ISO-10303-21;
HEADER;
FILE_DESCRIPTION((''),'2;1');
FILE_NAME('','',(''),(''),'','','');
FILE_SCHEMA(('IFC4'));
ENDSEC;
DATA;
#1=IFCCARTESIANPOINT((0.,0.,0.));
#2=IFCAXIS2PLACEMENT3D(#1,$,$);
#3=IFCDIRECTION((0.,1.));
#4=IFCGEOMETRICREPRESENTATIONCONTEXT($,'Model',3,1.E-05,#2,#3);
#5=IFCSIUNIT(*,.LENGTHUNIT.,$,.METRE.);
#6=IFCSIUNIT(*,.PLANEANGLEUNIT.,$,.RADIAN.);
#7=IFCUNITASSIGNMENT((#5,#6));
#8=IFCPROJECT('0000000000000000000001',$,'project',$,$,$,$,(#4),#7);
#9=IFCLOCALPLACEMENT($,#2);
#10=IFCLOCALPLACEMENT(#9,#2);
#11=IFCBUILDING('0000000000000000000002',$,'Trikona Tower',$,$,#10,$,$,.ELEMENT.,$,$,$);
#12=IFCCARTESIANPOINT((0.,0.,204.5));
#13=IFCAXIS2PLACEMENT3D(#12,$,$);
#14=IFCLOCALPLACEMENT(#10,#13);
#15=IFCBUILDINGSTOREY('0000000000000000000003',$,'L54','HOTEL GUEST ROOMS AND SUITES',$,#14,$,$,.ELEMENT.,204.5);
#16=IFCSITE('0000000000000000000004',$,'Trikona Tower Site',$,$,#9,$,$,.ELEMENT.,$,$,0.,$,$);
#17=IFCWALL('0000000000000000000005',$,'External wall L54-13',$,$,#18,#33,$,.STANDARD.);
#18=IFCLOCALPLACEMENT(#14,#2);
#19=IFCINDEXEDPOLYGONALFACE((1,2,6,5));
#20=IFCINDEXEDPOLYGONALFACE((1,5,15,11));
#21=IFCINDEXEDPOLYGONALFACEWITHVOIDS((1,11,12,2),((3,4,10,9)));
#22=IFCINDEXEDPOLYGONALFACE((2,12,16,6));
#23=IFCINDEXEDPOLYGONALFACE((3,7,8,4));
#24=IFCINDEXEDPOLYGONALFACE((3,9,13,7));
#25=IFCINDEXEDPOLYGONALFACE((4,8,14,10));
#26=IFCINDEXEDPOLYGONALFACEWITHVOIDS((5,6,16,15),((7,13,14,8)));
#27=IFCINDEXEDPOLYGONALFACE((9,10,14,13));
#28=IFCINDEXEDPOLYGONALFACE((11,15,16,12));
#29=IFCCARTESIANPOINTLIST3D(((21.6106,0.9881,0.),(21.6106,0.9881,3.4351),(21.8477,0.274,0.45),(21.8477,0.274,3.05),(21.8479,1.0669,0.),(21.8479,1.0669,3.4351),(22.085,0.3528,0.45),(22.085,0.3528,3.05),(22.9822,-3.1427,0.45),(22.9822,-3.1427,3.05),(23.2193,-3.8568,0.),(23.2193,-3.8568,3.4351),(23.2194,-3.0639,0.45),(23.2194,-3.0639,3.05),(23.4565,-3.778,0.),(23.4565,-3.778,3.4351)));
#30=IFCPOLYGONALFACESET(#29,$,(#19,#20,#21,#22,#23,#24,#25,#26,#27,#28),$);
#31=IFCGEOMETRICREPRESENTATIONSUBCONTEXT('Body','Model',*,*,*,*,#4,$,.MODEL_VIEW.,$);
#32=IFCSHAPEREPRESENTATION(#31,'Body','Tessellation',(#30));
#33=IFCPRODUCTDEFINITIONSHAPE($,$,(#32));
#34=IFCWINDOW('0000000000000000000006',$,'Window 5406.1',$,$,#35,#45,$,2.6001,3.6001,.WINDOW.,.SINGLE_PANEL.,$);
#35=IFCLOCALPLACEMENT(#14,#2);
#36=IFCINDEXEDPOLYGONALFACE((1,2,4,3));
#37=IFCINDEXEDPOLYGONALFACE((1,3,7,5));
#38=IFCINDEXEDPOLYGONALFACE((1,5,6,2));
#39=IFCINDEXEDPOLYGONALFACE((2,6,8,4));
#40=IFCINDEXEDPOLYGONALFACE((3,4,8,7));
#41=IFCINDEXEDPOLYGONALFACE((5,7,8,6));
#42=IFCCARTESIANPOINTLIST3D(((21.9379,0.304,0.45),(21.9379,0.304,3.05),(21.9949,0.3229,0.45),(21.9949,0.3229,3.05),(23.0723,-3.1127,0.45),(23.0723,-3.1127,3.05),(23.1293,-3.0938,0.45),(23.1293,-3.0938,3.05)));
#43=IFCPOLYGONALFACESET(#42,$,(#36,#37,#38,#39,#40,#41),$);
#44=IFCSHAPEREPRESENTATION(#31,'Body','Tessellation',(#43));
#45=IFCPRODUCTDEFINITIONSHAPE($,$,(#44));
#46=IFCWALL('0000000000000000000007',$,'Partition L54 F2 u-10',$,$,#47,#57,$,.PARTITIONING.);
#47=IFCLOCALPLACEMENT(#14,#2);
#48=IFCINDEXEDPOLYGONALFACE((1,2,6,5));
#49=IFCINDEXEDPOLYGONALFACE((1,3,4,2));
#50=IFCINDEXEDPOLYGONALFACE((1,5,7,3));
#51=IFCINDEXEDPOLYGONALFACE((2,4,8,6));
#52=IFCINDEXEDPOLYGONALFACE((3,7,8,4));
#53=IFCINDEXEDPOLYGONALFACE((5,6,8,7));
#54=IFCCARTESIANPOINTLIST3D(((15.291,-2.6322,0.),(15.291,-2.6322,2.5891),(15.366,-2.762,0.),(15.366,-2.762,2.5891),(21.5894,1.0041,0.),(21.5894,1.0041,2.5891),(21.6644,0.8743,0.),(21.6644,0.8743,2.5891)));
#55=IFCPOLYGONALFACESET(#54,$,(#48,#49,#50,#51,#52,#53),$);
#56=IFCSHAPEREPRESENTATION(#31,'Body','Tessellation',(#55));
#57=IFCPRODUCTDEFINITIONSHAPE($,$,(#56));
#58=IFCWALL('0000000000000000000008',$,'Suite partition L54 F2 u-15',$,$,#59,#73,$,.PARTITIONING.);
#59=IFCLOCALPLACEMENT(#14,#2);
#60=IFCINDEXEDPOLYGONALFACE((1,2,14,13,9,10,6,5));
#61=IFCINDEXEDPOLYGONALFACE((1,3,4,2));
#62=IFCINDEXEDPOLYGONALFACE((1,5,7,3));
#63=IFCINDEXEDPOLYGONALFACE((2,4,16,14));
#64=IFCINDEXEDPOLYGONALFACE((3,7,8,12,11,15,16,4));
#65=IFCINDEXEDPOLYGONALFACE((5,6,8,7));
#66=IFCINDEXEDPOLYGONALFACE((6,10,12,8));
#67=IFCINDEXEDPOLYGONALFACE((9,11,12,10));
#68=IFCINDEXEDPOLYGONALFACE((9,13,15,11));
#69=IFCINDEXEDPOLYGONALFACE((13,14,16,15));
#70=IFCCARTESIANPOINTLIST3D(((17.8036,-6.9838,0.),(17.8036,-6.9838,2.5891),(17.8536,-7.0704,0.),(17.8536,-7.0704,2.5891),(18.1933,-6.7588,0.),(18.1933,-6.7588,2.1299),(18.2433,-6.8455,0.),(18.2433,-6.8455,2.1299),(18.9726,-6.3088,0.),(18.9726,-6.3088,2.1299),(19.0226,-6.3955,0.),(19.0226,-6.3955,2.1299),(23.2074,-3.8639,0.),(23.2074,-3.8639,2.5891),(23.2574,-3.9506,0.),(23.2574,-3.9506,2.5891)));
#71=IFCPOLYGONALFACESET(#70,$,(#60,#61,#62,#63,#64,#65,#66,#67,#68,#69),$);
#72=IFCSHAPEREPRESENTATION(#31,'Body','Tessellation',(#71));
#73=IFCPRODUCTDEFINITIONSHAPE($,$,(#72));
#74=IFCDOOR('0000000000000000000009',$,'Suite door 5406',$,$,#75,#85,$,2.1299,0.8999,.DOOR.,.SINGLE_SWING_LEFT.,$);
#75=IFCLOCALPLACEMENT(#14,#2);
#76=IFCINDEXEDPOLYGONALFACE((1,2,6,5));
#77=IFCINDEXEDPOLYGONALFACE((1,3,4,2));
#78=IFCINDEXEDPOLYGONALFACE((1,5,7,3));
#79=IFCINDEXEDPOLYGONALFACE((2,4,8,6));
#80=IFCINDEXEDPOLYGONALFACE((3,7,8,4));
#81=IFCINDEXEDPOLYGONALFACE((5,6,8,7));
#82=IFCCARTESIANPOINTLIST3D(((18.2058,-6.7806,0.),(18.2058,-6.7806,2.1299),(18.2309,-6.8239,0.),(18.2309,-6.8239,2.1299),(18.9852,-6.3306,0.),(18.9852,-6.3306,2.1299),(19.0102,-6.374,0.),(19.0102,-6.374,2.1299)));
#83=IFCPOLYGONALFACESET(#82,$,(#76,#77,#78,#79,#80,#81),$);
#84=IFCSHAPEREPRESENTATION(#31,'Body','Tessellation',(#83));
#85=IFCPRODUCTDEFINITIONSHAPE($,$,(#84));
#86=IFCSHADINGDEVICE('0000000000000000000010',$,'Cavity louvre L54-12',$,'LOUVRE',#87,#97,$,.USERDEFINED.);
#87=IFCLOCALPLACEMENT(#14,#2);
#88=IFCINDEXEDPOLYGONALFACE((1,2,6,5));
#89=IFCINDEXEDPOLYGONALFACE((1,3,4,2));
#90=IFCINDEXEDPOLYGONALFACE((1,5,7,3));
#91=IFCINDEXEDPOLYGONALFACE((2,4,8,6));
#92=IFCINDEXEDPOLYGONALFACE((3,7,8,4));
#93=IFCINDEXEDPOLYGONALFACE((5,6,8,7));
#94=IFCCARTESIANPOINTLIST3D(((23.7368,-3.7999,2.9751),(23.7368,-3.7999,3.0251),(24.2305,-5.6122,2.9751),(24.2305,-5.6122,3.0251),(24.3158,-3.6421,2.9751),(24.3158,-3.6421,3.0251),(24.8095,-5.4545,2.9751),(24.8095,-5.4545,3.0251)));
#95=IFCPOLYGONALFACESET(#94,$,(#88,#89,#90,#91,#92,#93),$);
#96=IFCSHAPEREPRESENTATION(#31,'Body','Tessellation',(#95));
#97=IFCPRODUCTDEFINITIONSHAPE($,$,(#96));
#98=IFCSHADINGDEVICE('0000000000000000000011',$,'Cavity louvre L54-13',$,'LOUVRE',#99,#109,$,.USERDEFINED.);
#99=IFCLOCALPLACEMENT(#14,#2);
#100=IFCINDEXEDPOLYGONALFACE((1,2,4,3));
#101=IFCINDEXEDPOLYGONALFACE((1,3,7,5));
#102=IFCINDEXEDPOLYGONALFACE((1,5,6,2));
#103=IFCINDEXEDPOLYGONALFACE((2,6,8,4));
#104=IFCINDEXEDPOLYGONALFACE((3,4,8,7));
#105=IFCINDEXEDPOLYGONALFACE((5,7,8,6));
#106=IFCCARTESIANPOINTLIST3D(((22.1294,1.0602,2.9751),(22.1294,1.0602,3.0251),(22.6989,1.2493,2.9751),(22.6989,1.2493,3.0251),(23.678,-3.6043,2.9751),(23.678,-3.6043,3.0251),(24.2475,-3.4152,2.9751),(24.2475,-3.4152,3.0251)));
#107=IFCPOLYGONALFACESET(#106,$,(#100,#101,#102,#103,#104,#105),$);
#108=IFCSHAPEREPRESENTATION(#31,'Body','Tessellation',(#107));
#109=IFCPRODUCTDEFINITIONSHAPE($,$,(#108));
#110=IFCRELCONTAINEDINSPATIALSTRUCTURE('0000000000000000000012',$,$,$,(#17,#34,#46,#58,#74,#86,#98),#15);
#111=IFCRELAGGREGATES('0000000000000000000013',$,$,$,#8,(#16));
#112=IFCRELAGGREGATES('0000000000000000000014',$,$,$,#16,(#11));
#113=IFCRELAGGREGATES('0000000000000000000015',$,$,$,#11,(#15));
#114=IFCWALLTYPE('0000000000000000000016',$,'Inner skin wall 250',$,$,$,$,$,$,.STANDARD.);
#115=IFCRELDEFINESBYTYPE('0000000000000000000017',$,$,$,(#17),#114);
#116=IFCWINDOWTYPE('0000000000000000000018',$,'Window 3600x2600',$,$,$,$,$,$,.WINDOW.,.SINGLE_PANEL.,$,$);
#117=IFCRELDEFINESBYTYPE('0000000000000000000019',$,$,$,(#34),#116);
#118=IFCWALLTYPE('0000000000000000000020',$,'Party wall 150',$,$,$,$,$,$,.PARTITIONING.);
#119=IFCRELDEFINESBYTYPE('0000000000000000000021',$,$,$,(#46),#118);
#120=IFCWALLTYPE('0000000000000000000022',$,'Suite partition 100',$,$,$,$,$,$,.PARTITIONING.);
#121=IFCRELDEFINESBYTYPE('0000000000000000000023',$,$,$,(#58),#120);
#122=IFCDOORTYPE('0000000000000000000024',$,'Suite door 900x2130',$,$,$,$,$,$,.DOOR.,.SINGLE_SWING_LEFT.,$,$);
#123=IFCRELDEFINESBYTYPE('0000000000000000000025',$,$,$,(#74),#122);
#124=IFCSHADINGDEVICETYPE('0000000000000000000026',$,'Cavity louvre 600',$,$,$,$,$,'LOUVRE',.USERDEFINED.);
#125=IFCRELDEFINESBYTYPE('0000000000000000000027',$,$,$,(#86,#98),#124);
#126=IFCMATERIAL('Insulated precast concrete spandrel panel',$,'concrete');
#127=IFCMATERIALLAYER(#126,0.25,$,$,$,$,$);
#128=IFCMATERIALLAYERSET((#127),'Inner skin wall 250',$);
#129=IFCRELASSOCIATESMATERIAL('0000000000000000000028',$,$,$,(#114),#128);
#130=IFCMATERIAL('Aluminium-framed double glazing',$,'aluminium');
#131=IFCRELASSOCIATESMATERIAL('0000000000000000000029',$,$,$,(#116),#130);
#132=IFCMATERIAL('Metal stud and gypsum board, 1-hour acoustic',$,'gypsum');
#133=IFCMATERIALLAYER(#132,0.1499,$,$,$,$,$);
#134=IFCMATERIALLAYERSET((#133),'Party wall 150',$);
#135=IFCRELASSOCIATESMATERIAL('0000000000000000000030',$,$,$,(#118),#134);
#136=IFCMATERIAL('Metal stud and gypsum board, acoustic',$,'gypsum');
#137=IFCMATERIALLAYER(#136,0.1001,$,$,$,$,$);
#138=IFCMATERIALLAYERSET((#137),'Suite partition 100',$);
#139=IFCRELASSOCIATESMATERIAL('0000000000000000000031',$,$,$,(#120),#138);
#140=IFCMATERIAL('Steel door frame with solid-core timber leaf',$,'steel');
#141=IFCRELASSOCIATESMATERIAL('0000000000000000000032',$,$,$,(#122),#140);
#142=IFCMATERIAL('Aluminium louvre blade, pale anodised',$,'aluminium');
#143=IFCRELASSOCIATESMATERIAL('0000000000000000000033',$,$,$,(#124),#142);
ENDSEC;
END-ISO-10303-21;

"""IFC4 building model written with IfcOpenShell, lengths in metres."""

from ifc_helpers import new_model, si_unit, direction, frame, frame_2d, origin, origin_2d, place, context, subcontext, project, spatial, rectangle, extrude, material, layer, layer_set, type_object, element, fill, save


model = new_model("IFC4")

# Units and contexts
model_context = context("Model", 3, precision=1e-05, world=origin(), true_north=direction((0.0, 1.0)))
body_context = subcontext(model_context, "Body", "Model", "MODEL_VIEW")
ifc_project = project(units=[si_unit("LENGTHUNIT", "METRE"), si_unit("PLANEANGLEUNIT", "RADIAN")], contexts=[model_context])

# Site, building, storey
site_placement = place(None, origin())
site = spatial("IfcSite", under=ifc_project, at=site_placement, Name="Trikona Tower Site", CompositionType="ELEMENT", RefElevation=0.0)
building_placement = place(site_placement, origin())
building = spatial("IfcBuilding", under=site, at=building_placement, Name="Trikona Tower", CompositionType="ELEMENT")
storey_placement = place(building_placement, frame((0.0, 0.0, 204.5)))
storey = spatial("IfcBuildingStorey", under=building, at=storey_placement, Name="L54", Description="HOTEL GUEST ROOMS AND SUITES", CompositionType="ELEMENT", Elevation=204.5)

# Shared definitions
ifc_material_1 = material(Name="Insulated precast concrete spandrel panel", Category="concrete")
ifc_layer_1 = layer(ifc_material_1, 0.25)
ifc_layer_set_1 = layer_set([ifc_layer_1], Name="Inner skin wall 250")
wall_type_1 = type_object("IfcWallType", Name="Inner skin wall 250", PredefinedType="STANDARD", material=ifc_layer_set_1)

# Wall, opening, window
wall_1_placement = place(storey_placement, frame((23.3379, -3.8174, 0.0), z_axis=(0.0, 0.0, 1.0), x_axis=(-0.315108, 0.949056, 0.0)))
wall_1 = element("IfcWall", 1, at=wall_1_placement, inside=storey, type_object=wall_type_1, Name="External wall L54-13", PredefinedType="STANDARD", context=body_context, shape_type="SweptSolid", body=[
    extrude(rectangle(XDim=5.105, YDim=0.25, at=frame_2d((2.5525, 0.0))), origin(), (0.0, 0.0, 1.0), 3.4351),
])
opening_1_placement = place(wall_1_placement, frame((0.7524, 0.0, 0.45)))
opening_1 = element("IfcOpeningElement", 2, at=opening_1_placement, cuts=wall_1, PredefinedType="OPENING", context=body_context, shape_type="SweptSolid", body=[
    extrude(rectangle(XDim=3.6001, YDim=2.6001, at=frame_2d((1.8, 1.3))), frame((0.0, 0.135, 0.0), z_axis=(0.0, -1.0, 0.0), x_axis=(1.0, 0.0, 0.0)), (0.0, 0.0, 1.0), 0.27),
])
ifc_material_2 = material(Name="Aluminium-framed double glazing", Category="aluminium")
window_type = type_object("IfcWindowType", Name="Window 3600x2600", PartitioningType="SINGLE_PANEL", PredefinedType="WINDOW", material=ifc_material_2)
window_placement = place(opening_1_placement, origin())
window = element("IfcWindow", 3, at=window_placement, inside=storey, type_object=window_type, Name="Window 5406.1", OverallHeight=2.6001, OverallWidth=3.6001, PartitioningType="SINGLE_PANEL", PredefinedType="WINDOW", context=body_context, shape_type="SweptSolid", body=[
    extrude(rectangle(XDim=3.6001, YDim=2.6001, at=frame_2d((1.8, 1.3))), frame((0.0, 0.03, 0.0), z_axis=(0.0, -1.0, 0.0), x_axis=(1.0, 0.0, 0.0)), (0.0, 0.0, 1.0), 0.0601),
])
fill(opening_1, window)

# Wall
ifc_material_3 = material(Name="Metal stud and gypsum board, 1-hour acoustic", Category="gypsum")
ifc_layer_2 = layer(ifc_material_3, 0.1499)
ifc_layer_set_2 = layer_set([ifc_layer_2], Name="Party wall 150")
wall_type_2 = type_object("IfcWallType", Name="Party wall 150", PredefinedType="PARTITIONING", material=ifc_layer_set_2)
wall_2_placement = place(storey_placement, frame((15.3286, -2.697, 0.0), z_axis=(0.0, 0.0, 1.0), x_axis=(0.866032, 0.499988, 0.0)))
element("IfcWall", 4, at=wall_2_placement, inside=storey, type_object=wall_type_2, Name="Partition L54 F2 u-10", PredefinedType="PARTITIONING", context=body_context, shape_type="SweptSolid", body=[
    extrude(rectangle(XDim=7.2727, YDim=0.1499, at=frame_2d((3.6362, 0.0))), origin(), (0.0, 0.0, 1.0), 2.5891),
])

# Wall, opening, door
ifc_material_4 = material(Name="Metal stud and gypsum board, acoustic", Category="gypsum")
ifc_layer_3 = layer(ifc_material_4, 0.1001)
ifc_layer_set_3 = layer_set([ifc_layer_3], Name="Suite partition 100")
wall_type_3 = type_object("IfcWallType", Name="Suite partition 100", PredefinedType="PARTITIONING", material=ifc_layer_set_3)
wall_3_placement = place(storey_placement, frame((17.8286, -7.0271, 0.0), z_axis=(0.0, 0.0, 1.0), x_axis=(0.866027, 0.499998, 0.0)))
wall_3 = element("IfcWall", 5, at=wall_3_placement, inside=storey, type_object=wall_type_3, Name="Suite partition L54 F2 u-15", PredefinedType="PARTITIONING", context=body_context, shape_type="SweptSolid", body=[
    extrude(rectangle(XDim=6.2397, YDim=0.1001, at=frame_2d((3.1199, 0.0))), origin(), (0.0, 0.0, 1.0), 2.5891),
])
opening_2_placement = place(wall_3_placement, frame((0.45, 0.0, 0.0)))
opening_2 = element("IfcOpeningElement", 6, at=opening_2_placement, cuts=wall_3, PredefinedType="OPENING", context=body_context, shape_type="SweptSolid", body=[
    extrude(rectangle(XDim=0.8999, YDim=2.1299, at=frame_2d((0.45, 1.0649))), frame((0.0, 0.0601, 0.0), z_axis=(0.0, -1.0, 0.0), x_axis=(1.0, 0.0, 0.0)), (0.0, 0.0, 1.0), 0.1201),
])
ifc_material_5 = material(Name="Steel door frame with solid-core timber leaf", Category="steel")
door_type_1 = type_object("IfcDoorType", Name="Suite door 900x2130", OperationType="SINGLE_SWING_LEFT", PredefinedType="DOOR", material=ifc_material_5)
door_1_placement = place(opening_2_placement, origin())
door_1 = element("IfcDoor", 7, at=door_1_placement, inside=storey, type_object=door_type_1, Name="Suite door 5406", OperationType="SINGLE_SWING_LEFT", OverallHeight=2.1299, OverallWidth=0.8999, PredefinedType="DOOR", context=body_context, shape_type="SweptSolid", body=[
    extrude(rectangle(XDim=0.8999, YDim=2.1299, at=frame_2d((0.45, 1.0649))), frame((0.0, 0.0249, 0.0), z_axis=(0.0, -1.0, 0.0), x_axis=(1.0, 0.0, 0.0)), (0.0, 0.0, 1.0), 0.05),
])
fill(opening_2, door_1)

# Shading devices
ifc_material_6 = material(Name="Aluminium louvre blade, pale anodised", Category="aluminium")
shading_device_type = type_object("IfcShadingDeviceType", Name="Cavity louvre 600", ElementType="LOUVRE", PredefinedType="USERDEFINED", material=ifc_material_6)
shading_device_1_placement = place(storey_placement, frame((24.2732, -4.6272, 2.9751), z_axis=(0.0, 0.0, 1.0), x_axis=(-0.262822, 0.964844, 0.0)))
element("IfcShadingDevice", 8, at=shading_device_1_placement, inside=storey, type_object=shading_device_type, Name="Cavity louvre L54-12", ObjectType="LOUVRE", PredefinedType="USERDEFINED", context=body_context, shape_type="SweptSolid", body=[
    extrude(rectangle(XDim=1.8784, YDim=0.6001, at=origin_2d()), origin(), (0.0, 0.0, 1.0), 0.05),
])
shading_device_2_placement = place(storey_placement, frame((23.1885, -1.1775, 2.9751), z_axis=(0.0, 0.0, 1.0), x_axis=(-0.315093, 0.949061, 0.0)))
element("IfcShadingDevice", 9, at=shading_device_2_placement, inside=storey, type_object=shading_device_type, Name="Cavity louvre L54-13", ObjectType="LOUVRE", PredefinedType="USERDEFINED", context=body_context, shape_type="SweptSolid", body=[
    extrude(rectangle(XDim=4.9148, YDim=0.6001, at=origin_2d()), origin(), (0.0, 0.0, 1.0), 0.05),
])

save(model, "model.ifc")
